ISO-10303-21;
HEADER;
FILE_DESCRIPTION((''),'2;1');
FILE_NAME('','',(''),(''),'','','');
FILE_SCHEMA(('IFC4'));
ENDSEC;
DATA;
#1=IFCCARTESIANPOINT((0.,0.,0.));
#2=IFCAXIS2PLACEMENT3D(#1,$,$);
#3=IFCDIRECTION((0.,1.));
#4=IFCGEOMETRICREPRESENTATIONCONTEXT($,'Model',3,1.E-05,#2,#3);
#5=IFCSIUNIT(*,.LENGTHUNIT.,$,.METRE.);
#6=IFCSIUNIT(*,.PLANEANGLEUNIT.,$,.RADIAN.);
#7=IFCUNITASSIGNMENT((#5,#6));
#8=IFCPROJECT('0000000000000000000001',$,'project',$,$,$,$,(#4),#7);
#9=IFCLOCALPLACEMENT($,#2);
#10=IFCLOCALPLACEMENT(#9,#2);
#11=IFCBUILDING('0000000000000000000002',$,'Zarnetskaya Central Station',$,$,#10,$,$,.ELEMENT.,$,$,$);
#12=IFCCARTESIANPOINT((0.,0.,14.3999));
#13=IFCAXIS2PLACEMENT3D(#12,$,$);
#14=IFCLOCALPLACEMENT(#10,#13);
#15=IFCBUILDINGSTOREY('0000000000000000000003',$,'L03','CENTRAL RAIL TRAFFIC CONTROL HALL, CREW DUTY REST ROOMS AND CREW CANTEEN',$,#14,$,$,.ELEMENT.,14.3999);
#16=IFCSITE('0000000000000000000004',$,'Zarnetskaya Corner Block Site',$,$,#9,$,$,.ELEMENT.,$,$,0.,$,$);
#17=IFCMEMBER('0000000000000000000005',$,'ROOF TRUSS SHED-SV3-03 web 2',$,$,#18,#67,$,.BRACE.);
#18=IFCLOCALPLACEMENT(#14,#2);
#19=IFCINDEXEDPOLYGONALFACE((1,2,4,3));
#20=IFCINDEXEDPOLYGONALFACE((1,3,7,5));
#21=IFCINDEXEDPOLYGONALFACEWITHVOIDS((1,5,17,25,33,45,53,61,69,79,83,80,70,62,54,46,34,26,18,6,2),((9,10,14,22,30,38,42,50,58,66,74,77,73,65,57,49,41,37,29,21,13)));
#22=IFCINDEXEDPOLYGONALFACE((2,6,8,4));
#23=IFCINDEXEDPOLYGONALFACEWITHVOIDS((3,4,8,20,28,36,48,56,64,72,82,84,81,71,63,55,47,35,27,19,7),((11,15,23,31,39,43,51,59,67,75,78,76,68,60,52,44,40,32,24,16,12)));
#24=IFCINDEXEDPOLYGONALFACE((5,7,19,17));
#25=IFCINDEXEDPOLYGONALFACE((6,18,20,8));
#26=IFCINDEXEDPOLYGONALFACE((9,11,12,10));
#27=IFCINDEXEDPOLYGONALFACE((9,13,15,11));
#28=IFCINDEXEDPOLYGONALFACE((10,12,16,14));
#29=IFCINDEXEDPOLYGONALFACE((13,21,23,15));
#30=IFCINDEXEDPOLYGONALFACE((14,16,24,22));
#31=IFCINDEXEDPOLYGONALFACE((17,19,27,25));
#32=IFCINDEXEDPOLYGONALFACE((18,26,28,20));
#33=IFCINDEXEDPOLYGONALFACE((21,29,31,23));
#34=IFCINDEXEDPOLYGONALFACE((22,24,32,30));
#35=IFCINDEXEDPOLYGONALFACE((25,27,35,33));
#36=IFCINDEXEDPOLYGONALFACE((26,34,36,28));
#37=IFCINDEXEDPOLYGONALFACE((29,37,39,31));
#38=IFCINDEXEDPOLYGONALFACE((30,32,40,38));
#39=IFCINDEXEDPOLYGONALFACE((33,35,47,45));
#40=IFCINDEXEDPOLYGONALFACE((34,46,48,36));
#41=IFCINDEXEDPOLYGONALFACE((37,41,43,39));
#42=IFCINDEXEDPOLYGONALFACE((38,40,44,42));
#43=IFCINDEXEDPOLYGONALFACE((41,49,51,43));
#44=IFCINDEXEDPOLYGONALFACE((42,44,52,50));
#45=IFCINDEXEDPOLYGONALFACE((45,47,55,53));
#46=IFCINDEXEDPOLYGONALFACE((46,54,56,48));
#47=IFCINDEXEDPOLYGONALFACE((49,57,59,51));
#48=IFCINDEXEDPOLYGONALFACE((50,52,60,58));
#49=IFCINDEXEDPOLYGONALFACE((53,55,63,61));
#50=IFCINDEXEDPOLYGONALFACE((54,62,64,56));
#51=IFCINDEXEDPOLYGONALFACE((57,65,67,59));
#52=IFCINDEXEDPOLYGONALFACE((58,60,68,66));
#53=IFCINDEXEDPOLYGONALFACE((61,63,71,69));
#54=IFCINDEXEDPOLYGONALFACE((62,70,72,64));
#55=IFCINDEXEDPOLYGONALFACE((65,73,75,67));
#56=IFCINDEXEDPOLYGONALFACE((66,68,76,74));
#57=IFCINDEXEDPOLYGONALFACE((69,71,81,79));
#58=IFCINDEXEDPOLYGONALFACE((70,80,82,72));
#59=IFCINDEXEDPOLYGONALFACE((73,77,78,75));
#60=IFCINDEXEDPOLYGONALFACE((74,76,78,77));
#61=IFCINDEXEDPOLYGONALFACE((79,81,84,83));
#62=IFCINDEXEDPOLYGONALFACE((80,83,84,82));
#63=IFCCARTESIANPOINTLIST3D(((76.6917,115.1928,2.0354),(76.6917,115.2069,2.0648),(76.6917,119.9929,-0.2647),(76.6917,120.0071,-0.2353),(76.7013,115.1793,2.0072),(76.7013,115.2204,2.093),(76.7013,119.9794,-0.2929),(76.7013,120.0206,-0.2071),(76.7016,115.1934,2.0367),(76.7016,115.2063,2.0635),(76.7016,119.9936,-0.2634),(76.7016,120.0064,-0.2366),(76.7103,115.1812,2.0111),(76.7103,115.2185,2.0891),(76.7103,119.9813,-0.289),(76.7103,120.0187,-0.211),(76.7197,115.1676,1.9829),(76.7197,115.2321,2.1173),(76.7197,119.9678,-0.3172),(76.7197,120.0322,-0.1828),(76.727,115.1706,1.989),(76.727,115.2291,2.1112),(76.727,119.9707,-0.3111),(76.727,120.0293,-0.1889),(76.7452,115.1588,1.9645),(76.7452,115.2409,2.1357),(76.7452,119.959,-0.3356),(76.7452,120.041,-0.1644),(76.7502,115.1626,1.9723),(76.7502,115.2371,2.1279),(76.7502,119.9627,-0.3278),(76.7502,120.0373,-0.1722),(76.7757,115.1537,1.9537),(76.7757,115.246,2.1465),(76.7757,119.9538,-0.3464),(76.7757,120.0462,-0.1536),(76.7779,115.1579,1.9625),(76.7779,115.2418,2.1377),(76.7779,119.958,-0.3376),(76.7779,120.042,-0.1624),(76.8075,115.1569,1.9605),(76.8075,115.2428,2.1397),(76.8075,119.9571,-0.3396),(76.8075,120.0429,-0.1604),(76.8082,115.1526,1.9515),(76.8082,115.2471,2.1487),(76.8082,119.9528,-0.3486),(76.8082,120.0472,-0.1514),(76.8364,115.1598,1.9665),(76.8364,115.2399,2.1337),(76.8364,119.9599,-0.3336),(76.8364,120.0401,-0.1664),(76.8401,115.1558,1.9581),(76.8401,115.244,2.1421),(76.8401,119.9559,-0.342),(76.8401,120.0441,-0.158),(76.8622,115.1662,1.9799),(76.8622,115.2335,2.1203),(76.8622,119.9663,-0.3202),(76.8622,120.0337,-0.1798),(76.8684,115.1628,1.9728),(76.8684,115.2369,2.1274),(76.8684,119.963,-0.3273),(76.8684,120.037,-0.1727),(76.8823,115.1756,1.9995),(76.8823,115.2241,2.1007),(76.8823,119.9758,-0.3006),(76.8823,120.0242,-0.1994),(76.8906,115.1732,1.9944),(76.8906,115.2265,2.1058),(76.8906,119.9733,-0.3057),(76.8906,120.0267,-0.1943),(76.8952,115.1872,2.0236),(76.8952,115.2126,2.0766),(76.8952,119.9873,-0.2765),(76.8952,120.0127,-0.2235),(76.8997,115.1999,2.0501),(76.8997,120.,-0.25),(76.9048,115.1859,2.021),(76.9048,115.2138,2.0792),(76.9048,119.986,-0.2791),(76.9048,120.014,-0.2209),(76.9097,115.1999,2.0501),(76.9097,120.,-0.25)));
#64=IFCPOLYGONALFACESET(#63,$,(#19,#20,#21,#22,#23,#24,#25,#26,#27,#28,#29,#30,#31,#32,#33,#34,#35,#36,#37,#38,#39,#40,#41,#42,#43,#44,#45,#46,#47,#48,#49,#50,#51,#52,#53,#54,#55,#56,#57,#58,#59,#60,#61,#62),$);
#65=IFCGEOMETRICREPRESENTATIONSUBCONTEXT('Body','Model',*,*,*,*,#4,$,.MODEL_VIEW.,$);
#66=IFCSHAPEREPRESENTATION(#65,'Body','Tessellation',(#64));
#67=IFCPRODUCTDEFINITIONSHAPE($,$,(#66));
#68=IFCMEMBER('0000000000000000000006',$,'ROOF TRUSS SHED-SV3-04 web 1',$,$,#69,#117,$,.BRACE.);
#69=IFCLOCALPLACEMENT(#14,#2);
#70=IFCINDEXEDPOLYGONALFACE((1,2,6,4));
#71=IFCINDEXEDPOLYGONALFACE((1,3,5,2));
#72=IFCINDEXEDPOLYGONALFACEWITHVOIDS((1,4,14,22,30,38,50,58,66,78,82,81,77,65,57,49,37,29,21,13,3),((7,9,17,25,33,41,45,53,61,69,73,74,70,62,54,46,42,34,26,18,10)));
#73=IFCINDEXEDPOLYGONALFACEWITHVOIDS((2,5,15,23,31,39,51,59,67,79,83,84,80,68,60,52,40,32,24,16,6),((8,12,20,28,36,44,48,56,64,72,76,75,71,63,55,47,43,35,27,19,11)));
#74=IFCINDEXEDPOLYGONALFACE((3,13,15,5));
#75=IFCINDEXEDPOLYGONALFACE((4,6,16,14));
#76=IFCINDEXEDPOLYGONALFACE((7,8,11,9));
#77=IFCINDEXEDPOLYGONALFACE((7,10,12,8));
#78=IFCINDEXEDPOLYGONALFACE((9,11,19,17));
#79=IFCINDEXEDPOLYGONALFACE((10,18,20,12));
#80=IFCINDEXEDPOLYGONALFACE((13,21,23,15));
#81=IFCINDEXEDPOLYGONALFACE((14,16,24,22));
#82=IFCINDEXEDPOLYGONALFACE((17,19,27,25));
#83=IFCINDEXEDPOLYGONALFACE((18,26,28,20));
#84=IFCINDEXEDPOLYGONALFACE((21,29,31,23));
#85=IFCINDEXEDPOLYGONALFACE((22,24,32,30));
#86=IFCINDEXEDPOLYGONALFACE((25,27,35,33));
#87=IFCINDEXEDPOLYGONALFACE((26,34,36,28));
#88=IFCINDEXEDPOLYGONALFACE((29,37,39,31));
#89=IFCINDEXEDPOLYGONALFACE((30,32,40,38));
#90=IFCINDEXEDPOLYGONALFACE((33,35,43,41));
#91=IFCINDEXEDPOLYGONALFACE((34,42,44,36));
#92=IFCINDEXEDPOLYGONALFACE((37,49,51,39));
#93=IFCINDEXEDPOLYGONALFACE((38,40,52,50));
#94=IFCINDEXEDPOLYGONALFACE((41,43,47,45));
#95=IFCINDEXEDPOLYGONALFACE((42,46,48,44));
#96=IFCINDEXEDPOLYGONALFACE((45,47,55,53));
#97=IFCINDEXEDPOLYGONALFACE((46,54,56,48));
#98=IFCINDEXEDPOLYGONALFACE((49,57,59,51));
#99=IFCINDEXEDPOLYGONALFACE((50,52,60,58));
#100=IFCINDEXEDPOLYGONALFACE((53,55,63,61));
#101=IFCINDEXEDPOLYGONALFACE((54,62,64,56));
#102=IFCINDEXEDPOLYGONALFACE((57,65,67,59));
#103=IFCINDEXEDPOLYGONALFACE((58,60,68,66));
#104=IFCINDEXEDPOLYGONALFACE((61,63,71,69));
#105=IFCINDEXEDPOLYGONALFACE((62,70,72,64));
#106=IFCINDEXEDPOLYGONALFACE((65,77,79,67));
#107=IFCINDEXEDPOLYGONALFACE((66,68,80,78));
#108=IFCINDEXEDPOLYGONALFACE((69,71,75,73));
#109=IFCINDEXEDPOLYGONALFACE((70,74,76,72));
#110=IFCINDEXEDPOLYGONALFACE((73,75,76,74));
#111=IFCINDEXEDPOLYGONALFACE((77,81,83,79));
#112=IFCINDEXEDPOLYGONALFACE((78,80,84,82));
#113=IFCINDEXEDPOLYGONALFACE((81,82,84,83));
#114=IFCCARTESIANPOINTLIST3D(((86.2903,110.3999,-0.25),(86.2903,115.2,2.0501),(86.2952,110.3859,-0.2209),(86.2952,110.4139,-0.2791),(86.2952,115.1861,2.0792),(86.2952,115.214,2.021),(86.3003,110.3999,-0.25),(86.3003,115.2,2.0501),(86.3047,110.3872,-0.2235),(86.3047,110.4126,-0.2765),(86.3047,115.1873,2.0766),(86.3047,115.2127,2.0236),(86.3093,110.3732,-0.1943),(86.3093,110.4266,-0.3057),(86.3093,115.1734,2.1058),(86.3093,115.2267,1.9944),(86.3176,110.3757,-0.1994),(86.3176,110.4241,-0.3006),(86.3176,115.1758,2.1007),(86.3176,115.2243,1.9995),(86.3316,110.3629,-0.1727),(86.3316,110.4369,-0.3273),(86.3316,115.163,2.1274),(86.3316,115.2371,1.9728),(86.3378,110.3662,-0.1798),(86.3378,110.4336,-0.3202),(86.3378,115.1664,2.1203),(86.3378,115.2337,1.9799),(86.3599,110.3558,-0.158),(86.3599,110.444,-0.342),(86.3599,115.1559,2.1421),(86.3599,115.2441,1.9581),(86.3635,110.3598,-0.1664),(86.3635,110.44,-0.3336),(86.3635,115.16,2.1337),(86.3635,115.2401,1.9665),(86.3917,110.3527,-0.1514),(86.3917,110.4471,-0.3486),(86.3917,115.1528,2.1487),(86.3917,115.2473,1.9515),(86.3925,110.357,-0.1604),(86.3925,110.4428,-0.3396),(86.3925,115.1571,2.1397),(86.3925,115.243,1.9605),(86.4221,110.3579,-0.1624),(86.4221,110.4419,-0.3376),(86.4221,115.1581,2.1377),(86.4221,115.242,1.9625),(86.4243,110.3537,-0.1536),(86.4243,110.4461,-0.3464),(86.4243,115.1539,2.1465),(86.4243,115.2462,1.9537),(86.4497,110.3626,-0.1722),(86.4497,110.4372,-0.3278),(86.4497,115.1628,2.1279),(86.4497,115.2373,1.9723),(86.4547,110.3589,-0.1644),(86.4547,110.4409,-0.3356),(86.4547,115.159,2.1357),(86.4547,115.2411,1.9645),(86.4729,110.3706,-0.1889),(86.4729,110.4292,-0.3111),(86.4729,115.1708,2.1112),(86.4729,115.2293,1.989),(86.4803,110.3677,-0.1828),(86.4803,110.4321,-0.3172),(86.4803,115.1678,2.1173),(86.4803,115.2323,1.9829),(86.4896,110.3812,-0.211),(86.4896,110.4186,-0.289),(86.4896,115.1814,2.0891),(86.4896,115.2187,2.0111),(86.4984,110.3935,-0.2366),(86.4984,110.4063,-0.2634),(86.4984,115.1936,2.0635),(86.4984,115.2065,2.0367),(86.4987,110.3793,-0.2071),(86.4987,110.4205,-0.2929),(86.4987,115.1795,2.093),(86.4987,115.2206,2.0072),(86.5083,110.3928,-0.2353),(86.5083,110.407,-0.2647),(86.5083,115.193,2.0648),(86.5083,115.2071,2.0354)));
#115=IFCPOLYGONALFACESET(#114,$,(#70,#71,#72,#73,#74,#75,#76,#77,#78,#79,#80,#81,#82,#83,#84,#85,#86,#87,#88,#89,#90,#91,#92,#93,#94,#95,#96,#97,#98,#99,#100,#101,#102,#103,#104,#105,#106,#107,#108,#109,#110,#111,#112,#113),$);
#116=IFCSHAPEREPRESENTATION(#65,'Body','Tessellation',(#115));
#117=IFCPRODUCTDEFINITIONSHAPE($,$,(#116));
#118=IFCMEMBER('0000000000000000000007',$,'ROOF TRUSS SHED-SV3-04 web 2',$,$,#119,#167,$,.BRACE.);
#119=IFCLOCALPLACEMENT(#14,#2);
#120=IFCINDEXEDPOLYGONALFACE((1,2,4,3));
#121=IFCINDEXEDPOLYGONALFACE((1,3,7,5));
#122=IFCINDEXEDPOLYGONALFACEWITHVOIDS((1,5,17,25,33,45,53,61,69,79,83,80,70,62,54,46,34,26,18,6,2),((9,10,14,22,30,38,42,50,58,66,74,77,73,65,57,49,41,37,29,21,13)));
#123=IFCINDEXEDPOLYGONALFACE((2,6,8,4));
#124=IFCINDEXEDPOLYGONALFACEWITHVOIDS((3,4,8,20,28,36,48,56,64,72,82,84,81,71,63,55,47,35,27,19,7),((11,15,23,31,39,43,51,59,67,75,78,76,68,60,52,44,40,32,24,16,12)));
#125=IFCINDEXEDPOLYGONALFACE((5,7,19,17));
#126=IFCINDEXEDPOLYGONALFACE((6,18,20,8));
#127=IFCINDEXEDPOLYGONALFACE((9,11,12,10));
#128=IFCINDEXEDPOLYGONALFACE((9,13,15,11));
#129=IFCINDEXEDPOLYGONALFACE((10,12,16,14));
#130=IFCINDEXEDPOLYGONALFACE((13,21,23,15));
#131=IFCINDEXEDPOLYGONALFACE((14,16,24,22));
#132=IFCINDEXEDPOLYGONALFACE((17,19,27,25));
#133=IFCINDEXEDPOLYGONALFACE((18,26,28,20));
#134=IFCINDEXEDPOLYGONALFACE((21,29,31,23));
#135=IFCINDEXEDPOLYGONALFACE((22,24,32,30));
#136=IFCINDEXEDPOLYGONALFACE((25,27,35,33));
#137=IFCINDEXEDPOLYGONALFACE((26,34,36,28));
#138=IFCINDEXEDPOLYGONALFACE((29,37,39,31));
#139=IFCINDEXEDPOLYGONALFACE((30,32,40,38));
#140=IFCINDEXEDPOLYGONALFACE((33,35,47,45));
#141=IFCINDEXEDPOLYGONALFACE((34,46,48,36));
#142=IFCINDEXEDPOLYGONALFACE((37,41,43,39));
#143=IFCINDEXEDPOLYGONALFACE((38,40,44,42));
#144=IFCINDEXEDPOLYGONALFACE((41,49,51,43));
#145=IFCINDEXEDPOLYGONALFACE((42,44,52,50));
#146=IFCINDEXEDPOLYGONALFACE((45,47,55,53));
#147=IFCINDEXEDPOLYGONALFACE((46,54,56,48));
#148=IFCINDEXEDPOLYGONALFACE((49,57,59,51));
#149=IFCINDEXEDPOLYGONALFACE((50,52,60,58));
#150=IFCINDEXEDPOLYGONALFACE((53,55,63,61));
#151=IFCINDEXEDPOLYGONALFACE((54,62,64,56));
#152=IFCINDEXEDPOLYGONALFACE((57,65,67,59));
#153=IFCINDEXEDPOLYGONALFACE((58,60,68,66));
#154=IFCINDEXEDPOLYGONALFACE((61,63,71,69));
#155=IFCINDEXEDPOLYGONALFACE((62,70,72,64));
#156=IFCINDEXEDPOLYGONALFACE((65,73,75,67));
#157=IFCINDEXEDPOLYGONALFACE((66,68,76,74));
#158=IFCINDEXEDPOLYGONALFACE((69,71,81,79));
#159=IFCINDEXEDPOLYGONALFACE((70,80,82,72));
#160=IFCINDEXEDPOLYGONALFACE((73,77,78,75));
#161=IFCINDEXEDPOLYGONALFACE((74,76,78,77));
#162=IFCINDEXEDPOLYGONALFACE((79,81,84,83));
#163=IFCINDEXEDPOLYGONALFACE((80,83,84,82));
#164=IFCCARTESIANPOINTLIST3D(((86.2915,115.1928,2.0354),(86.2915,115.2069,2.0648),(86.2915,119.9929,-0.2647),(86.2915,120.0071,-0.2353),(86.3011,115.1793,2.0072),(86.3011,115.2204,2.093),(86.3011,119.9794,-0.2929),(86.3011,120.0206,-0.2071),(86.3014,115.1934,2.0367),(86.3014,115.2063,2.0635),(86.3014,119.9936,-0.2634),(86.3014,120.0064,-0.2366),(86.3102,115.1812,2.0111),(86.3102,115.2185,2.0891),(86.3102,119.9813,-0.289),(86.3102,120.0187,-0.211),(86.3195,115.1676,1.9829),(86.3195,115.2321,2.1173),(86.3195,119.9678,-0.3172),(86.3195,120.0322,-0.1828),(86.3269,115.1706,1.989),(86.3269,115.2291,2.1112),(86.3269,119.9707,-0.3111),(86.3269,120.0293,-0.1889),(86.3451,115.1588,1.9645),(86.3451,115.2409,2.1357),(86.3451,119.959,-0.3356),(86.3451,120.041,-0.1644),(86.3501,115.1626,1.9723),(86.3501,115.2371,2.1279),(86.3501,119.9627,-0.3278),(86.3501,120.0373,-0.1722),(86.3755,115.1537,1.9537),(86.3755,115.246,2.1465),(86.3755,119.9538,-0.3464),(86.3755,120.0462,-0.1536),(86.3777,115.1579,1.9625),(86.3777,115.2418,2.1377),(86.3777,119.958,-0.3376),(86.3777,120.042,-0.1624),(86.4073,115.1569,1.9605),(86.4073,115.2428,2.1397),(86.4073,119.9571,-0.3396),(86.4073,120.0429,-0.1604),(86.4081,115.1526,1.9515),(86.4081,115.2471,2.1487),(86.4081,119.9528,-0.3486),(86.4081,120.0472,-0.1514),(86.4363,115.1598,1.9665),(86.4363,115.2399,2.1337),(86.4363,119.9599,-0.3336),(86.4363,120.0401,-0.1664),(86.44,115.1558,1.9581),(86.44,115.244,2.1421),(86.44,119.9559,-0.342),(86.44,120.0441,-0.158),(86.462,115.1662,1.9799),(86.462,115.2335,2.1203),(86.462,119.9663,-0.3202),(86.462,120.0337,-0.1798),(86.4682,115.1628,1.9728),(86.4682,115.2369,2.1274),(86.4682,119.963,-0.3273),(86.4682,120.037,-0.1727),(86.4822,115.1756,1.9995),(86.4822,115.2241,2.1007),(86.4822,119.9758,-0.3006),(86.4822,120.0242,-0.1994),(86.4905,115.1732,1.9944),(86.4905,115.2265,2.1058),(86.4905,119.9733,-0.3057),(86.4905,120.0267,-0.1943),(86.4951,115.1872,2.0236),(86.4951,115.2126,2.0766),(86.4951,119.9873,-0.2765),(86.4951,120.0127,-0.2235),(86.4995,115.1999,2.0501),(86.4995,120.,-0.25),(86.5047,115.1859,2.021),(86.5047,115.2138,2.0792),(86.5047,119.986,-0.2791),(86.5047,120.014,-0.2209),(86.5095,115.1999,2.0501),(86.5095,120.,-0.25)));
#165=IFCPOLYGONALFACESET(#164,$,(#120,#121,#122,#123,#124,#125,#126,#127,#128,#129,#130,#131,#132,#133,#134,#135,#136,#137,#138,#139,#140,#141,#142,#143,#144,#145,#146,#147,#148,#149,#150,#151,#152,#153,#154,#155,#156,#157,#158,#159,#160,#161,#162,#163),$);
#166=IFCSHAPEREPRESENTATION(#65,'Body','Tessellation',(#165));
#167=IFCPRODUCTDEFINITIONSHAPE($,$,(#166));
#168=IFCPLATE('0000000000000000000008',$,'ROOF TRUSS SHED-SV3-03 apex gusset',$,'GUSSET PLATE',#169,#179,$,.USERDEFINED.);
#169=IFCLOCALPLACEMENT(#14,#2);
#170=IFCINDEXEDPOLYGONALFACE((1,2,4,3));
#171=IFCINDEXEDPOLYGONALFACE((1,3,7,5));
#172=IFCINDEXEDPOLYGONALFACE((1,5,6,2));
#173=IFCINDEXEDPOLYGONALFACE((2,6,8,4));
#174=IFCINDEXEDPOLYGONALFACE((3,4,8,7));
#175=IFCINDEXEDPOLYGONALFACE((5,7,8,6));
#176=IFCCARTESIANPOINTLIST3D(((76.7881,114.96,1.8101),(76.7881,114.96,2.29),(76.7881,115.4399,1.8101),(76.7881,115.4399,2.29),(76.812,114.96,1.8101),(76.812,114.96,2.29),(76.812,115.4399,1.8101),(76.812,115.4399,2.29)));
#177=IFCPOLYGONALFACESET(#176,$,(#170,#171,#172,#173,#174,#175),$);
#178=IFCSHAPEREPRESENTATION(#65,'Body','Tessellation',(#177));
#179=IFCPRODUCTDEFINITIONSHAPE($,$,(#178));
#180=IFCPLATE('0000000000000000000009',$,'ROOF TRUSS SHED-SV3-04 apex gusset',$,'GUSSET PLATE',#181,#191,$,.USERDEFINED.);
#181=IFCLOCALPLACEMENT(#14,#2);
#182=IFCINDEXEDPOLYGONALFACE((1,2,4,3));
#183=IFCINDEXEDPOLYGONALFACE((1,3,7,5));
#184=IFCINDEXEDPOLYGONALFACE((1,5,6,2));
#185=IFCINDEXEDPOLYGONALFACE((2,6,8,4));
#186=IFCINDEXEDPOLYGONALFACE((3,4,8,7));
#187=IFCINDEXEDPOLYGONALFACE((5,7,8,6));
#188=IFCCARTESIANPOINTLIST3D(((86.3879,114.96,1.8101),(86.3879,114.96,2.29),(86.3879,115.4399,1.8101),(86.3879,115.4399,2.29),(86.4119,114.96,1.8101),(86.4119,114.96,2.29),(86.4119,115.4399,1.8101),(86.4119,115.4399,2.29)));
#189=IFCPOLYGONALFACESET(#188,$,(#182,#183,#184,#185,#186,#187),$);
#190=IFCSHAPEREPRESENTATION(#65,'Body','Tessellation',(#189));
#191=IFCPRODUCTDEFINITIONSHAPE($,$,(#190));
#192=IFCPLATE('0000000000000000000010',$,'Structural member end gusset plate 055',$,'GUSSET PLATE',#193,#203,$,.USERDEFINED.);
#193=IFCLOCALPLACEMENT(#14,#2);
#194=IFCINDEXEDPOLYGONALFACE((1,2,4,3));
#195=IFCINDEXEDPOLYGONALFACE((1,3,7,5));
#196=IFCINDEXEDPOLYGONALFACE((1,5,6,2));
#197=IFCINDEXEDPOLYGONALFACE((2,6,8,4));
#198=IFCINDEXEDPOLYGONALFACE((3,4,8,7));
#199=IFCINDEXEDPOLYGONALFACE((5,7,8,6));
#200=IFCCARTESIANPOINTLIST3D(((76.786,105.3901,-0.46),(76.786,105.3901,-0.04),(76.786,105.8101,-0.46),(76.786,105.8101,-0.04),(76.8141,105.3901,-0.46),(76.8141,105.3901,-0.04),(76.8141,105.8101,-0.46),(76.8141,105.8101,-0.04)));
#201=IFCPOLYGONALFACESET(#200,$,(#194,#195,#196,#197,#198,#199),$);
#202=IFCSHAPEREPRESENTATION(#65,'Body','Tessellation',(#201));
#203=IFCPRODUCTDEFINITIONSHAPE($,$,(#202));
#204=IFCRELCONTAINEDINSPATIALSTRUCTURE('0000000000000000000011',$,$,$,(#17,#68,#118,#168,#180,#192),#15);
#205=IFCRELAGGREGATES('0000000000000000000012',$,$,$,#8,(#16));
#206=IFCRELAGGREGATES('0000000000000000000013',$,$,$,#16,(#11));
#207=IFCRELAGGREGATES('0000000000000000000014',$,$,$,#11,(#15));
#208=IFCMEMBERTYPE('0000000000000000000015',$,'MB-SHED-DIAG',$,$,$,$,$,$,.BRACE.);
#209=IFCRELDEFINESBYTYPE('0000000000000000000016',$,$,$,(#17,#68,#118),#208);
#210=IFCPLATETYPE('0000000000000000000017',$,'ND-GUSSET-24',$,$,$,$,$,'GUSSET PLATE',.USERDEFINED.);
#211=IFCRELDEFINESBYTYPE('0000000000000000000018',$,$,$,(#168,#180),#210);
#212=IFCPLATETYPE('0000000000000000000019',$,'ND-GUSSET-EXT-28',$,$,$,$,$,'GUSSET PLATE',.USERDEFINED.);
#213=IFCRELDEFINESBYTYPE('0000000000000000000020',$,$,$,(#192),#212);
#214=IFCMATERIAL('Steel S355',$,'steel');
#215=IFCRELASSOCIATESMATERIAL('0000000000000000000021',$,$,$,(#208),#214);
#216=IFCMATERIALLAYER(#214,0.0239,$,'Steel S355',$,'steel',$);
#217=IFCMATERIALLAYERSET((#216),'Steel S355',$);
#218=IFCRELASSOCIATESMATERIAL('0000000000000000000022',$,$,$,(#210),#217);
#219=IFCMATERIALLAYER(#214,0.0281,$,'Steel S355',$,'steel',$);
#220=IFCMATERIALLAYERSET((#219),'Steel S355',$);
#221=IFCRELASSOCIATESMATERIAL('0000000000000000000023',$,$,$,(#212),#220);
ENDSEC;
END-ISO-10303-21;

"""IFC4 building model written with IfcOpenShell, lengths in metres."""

from ifc_helpers import new_model, si_unit, direction, frame, origin, origin_2d, place, context, subcontext, project, spatial, rectangle, hollow_circle, extrude, material, layer, layer_set, material_profile, profile_set, type_object, element, save


model = new_model("IFC4")

# Units and contexts
model_context = context("Model", 3, precision=1e-05, world=origin(), true_north=direction((0.0, 1.0)))
body_context = subcontext(model_context, "Body", "Model", "MODEL_VIEW")
ifc_project = project(units=[si_unit("LENGTHUNIT", "METRE"), si_unit("PLANEANGLEUNIT", "RADIAN")], contexts=[model_context])

# Site, building, storey
site_placement = place(None, origin())
site = spatial("IfcSite", under=ifc_project, at=site_placement, Name="Zarnetskaya Corner Block Site", CompositionType="ELEMENT", RefElevation=0.0)
building_placement = place(site_placement, origin())
building = spatial("IfcBuilding", under=site, at=building_placement, Name="Zarnetskaya Central Station", CompositionType="ELEMENT")
storey_placement = place(building_placement, frame((0.0, 0.0, 14.3999)))
storey = spatial("IfcBuildingStorey", under=building, at=storey_placement, Name="L03", Description="CENTRAL RAIL TRAFFIC CONTROL HALL, CREW DUTY REST ROOMS AND CREW CANTEEN", CompositionType="ELEMENT", Elevation=14.3999)

# Shared definitions
ifc_material_1 = material(Name="Steel S355", Category="steel")

# Members
ifc_material_profile_1 = material_profile(ifc_material_1, hollow_circle(Radius=0.1096, WallThickness=0.01, at=origin_2d()), Name="CHS 219.1x10")
ifc_profile_set_1 = profile_set([ifc_material_profile_1], Name="Steel S355")
member_type_1 = type_object("IfcMemberType", Name="MB-SHED-DIAG", PredefinedType="BRACE", material=ifc_profile_set_1)
for number, where, z_axis, x_axis, name in (
    (1, (76.8, 120.0, -0.25), (0.0, -0.901814, 0.432124), (1.0, 0.0, 0.0), "ROOF TRUSS SHED-SV3-03 web 2"),
    (2, (86.3999, 110.3999, -0.25), (0.0, 0.901814, 0.432124), (-1.0, 0.0, 0.0), "ROOF TRUSS SHED-SV3-04 web 1"),
    (3, (86.3999, 120.0, -0.25), (0.0, -0.901814, 0.432124), (1.0, 0.0, 0.0), "ROOF TRUSS SHED-SV3-04 web 2"),
):
    element("IfcMember", number, at=place(storey_placement, frame(where, z_axis=z_axis, x_axis=x_axis)), inside=storey, type_object=member_type_1, Name=name, PredefinedType="BRACE", context=body_context, shape_type="SweptSolid", body=[
        extrude(hollow_circle(Radius=0.1096, WallThickness=0.01, at=origin_2d()), origin(), (0.0, 0.0, 1.0), 5.3228),
    ])

# Plates
ifc_layer_1 = layer(ifc_material_1, 0.0239, Name="Steel S355", Category="steel")
ifc_layer_set_1 = layer_set([ifc_layer_1], Name="Steel S355")
plate_type_1 = type_object("IfcPlateType", Name="ND-GUSSET-24", ElementType="GUSSET PLATE", PredefinedType="USERDEFINED", material=ifc_layer_set_1)
for number, where, z_axis, x_axis, name in (
    (4, (76.8, 115.2, 1.8101), (0.0, 0.0, 1.0), (1.0, 0.0, 0.0), "ROOF TRUSS SHED-SV3-03 apex gusset"),
    (5, (86.3999, 115.2, 1.8101), (0.0, 0.0, 1.0), (1.0, 0.0, 0.0), "ROOF TRUSS SHED-SV3-04 apex gusset"),
):
    element("IfcPlate", number, at=place(storey_placement, frame(where, z_axis=z_axis, x_axis=x_axis)), inside=storey, type_object=plate_type_1, Name=name, ObjectType="GUSSET PLATE", PredefinedType="USERDEFINED", context=body_context, shape_type="SweptSolid", body=[
        extrude(rectangle(XDim=0.0239, YDim=0.48, at=origin_2d()), origin(), (0.0, 0.0, 1.0), 0.48),
    ])
ifc_layer_2 = layer(ifc_material_1, 0.0281, Name="Steel S355", Category="steel")
ifc_layer_set_2 = layer_set([ifc_layer_2], Name="Steel S355")
plate_type_2 = type_object("IfcPlateType", Name="ND-GUSSET-EXT-28", ElementType="GUSSET PLATE", PredefinedType="USERDEFINED", material=ifc_layer_set_2)
for number, where, z_axis, x_axis, name in (
    (6, (76.8, 105.6001, -0.46), (0.0, 0.0, 1.0), (1.0, 0.0, 0.0), "Structural member end gusset plate 055"),
):
    element("IfcPlate", number, at=place(storey_placement, frame(where, z_axis=z_axis, x_axis=x_axis)), inside=storey, type_object=plate_type_2, Name=name, ObjectType="GUSSET PLATE", PredefinedType="USERDEFINED", context=body_context, shape_type="SweptSolid", body=[
        extrude(rectangle(XDim=0.0281, YDim=0.4199, at=origin_2d()), origin(), (0.0, 0.0, 1.0), 0.4199),
    ])

save(model, "model.ifc")
